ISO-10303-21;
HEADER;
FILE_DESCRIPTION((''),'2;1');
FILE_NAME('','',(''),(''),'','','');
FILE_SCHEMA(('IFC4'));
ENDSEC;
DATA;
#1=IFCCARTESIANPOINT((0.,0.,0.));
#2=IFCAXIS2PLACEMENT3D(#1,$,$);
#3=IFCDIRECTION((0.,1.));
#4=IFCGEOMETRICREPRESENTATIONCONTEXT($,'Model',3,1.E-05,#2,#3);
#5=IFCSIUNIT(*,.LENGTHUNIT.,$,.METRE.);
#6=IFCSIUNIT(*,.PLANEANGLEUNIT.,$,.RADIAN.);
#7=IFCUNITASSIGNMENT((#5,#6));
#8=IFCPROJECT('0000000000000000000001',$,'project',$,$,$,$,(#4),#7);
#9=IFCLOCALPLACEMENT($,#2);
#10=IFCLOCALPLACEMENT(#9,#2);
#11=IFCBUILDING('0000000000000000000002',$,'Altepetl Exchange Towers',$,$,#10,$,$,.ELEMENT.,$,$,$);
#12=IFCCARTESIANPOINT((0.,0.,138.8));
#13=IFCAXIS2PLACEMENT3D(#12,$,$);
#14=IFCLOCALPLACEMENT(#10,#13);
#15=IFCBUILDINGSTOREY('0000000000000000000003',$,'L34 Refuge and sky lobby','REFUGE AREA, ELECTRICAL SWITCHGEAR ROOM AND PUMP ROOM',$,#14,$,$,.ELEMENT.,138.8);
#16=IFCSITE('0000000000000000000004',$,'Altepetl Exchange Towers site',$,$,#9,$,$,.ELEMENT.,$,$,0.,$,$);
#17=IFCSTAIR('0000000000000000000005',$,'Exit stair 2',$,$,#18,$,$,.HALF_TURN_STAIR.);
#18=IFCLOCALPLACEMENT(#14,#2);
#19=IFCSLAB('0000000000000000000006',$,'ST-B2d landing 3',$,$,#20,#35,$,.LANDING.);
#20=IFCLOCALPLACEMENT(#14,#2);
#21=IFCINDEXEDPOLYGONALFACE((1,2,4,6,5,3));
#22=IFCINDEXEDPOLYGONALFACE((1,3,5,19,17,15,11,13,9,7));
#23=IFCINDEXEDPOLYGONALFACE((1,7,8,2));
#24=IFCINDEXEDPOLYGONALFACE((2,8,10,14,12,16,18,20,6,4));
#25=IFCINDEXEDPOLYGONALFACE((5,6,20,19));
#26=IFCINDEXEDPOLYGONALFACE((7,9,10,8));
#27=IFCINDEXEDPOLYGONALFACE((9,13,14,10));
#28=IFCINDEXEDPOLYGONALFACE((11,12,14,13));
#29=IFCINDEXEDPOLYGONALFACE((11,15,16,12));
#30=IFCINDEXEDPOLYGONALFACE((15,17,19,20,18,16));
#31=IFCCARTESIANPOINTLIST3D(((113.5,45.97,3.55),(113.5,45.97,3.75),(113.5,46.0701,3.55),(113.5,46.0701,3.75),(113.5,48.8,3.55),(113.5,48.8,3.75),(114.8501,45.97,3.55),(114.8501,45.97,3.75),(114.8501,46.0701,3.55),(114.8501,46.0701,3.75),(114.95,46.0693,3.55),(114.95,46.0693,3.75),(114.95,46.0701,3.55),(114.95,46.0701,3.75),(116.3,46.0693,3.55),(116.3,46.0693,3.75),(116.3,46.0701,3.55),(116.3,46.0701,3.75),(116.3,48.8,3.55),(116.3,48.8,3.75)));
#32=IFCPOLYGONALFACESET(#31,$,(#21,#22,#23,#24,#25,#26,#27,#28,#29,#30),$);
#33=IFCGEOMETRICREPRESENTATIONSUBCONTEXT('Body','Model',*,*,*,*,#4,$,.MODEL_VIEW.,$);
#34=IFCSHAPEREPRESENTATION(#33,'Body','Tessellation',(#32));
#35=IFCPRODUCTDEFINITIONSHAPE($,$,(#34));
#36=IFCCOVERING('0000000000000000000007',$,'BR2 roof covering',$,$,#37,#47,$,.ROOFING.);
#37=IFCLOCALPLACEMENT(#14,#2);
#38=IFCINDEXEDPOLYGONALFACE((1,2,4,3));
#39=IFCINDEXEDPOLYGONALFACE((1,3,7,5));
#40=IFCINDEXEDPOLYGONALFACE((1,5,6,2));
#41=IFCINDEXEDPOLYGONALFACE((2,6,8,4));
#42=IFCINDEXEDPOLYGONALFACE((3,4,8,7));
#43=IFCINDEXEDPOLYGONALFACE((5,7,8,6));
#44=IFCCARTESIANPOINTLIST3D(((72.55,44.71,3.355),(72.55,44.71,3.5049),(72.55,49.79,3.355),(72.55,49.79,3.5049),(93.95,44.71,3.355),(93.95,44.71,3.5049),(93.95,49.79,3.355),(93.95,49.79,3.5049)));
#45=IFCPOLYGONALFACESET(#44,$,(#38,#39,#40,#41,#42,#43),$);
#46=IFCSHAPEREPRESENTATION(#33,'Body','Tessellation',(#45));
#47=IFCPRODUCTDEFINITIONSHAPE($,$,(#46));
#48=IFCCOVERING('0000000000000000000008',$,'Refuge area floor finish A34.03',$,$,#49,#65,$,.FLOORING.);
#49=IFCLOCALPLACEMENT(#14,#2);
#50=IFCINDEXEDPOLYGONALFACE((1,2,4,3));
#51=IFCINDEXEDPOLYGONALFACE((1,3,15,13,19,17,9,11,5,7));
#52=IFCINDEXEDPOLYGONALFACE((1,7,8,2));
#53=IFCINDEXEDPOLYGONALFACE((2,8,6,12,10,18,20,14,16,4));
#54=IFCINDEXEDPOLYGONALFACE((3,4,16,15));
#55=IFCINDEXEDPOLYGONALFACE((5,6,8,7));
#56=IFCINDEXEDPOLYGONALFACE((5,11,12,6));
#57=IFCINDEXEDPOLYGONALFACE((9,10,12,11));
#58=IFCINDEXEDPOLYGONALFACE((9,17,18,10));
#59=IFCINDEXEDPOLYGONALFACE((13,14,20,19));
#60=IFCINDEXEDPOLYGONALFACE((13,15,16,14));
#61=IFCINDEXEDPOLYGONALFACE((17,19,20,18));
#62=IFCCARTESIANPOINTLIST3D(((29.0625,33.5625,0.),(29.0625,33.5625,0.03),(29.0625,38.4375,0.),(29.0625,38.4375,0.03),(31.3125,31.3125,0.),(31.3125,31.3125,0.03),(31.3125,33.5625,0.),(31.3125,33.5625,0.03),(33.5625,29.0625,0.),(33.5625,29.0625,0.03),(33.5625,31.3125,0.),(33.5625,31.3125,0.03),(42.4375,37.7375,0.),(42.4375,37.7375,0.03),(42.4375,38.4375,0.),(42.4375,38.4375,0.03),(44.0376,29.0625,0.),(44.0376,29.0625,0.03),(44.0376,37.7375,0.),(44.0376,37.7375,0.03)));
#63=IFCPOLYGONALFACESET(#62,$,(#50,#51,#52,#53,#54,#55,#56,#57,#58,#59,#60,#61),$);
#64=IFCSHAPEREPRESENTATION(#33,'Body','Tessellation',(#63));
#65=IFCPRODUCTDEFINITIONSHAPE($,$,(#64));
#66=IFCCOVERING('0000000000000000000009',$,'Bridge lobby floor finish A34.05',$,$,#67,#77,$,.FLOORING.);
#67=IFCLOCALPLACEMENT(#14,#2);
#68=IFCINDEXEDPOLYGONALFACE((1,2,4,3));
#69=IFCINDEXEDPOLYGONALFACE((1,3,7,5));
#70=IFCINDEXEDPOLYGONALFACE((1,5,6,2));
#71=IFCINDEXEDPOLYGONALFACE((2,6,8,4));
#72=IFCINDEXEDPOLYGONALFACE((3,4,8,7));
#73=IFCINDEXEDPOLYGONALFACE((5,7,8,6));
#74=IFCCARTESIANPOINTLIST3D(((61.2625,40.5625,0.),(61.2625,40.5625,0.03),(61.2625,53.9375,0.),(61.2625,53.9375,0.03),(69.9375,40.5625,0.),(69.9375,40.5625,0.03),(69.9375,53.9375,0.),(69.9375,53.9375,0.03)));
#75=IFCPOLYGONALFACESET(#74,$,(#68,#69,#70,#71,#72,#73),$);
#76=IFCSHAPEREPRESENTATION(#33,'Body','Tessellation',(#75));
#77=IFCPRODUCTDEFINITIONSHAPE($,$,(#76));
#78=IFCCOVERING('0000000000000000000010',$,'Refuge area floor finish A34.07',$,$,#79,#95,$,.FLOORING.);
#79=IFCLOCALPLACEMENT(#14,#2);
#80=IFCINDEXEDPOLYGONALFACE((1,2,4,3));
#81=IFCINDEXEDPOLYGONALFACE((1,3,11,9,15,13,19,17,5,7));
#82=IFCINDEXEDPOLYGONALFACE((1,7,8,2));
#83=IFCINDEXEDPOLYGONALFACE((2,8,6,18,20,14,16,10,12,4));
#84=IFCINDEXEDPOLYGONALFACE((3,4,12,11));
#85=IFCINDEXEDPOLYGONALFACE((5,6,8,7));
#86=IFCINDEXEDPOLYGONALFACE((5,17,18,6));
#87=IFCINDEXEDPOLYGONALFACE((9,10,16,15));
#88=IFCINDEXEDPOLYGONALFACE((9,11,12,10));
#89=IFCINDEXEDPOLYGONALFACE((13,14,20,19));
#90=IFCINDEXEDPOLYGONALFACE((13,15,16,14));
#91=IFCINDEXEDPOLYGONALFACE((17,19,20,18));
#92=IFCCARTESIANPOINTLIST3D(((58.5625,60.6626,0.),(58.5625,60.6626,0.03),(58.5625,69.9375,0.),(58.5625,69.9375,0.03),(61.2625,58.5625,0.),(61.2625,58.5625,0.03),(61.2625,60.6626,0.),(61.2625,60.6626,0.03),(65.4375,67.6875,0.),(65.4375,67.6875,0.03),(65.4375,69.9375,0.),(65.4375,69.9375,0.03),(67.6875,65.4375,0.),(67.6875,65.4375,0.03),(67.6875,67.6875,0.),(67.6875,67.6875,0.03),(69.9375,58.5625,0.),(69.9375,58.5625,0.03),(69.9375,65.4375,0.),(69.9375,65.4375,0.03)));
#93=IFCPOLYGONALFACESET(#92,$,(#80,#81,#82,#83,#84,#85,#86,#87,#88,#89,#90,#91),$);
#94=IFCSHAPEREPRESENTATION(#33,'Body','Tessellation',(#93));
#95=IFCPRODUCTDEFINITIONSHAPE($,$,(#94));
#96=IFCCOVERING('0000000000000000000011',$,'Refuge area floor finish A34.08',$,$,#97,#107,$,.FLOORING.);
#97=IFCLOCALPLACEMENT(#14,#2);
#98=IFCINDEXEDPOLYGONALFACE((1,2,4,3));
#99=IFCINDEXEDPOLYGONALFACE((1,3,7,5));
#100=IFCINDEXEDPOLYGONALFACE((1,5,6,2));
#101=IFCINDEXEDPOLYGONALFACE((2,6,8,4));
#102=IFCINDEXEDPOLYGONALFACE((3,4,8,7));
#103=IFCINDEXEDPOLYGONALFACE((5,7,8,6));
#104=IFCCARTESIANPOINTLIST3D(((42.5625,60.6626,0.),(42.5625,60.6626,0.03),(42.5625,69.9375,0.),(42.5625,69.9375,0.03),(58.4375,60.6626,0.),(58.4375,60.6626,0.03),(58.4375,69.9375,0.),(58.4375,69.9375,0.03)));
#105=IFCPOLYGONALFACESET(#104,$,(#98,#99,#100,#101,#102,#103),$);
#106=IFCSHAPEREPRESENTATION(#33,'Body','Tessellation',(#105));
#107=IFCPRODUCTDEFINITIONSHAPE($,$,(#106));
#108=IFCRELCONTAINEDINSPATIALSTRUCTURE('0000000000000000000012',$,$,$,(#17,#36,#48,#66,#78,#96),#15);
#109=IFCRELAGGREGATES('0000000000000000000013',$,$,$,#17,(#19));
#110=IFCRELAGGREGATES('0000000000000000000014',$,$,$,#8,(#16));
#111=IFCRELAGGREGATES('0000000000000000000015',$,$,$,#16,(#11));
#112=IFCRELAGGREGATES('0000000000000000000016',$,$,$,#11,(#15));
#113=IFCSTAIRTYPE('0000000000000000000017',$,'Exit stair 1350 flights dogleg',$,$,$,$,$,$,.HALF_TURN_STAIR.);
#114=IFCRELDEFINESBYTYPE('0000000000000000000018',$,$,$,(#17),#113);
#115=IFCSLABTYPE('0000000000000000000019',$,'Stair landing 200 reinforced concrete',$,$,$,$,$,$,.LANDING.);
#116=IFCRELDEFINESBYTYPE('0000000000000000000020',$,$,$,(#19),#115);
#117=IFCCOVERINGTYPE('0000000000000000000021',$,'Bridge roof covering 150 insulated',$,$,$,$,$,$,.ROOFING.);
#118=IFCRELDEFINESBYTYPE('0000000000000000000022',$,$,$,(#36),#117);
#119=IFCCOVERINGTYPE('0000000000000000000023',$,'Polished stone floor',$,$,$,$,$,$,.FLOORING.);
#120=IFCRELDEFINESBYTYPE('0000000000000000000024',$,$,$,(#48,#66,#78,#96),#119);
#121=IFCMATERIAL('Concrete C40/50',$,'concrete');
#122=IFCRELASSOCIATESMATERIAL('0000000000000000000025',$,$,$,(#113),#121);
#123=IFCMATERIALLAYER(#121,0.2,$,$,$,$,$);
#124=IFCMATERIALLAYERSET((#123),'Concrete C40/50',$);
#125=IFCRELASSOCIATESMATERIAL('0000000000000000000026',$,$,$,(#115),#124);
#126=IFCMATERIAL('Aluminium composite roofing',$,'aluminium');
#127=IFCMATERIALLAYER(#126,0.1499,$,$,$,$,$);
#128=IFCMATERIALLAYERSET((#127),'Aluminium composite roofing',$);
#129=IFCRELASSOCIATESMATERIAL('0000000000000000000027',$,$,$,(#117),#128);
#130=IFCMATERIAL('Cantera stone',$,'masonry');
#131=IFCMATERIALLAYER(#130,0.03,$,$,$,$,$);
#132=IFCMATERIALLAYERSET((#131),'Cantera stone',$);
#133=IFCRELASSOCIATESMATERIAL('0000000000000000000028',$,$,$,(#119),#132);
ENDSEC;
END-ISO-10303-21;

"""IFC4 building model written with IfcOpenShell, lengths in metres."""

from ifc_helpers import new_model, si_unit, direction, frame, origin, place, context, subcontext, project, spatial, polyline, outline, extrude, material, layer, layer_set, type_object, element, aggregate, save


model = new_model("IFC4")

# Units and contexts
model_context = context("Model", 3, precision=1e-05, world=origin(), true_north=direction((0.0, 1.0)))
body_context = subcontext(model_context, "Body", "Model", "MODEL_VIEW")
ifc_project = project(units=[si_unit("LENGTHUNIT", "METRE"), si_unit("PLANEANGLEUNIT", "RADIAN")], contexts=[model_context])

# Site, building, storey
site_placement = place(None, origin())
site = spatial("IfcSite", under=ifc_project, at=site_placement, Name="Altepetl Exchange Towers site", CompositionType="ELEMENT", RefElevation=0.0)
building_placement = place(site_placement, origin())
building = spatial("IfcBuilding", under=site, at=building_placement, Name="Altepetl Exchange Towers", CompositionType="ELEMENT")
storey_placement = place(building_placement, frame((0.0, 0.0, 138.8)))
storey = spatial("IfcBuildingStorey", under=building, at=storey_placement, Name="L34 Refuge and sky lobby", Description="REFUGE AREA, ELECTRICAL SWITCHGEAR ROOM AND PUMP ROOM", CompositionType="ELEMENT", Elevation=138.8)

# Shared definitions
ifc_material_1 = material(Name="Concrete C40/50", Category="concrete")

# Stair, slab
stair_type = type_object("IfcStairType", Name="Exit stair 1350 flights dogleg", PredefinedType="HALF_TURN_STAIR", material=ifc_material_1)
ifc_layer_1 = layer(ifc_material_1, 0.2)
ifc_layer_set_1 = layer_set([ifc_layer_1], Name="Concrete C40/50")
slab_type_1 = type_object("IfcSlabType", Name="Stair landing 200 reinforced concrete", PredefinedType="LANDING", material=ifc_layer_set_1)
stair_1_placement = place(storey_placement, origin())
stair_1 = element("IfcStair", 1, at=stair_1_placement, inside=storey, type_object=stair_type, Name="Exit stair 2", PredefinedType="HALF_TURN_STAIR")
slab_1_placement = place(storey_placement, frame((0.0, 0.0, 3.55)))
slab_1 = element("IfcSlab", 2, at=slab_1_placement, type_object=slab_type_1, Name="ST-B2d landing 3", PredefinedType="LANDING", context=body_context, shape_type="SweptSolid", body=[
    extrude(outline(polyline([(114.8501, 45.97), (113.5, 45.97), (113.5, 46.0701), (113.5, 48.8), (116.3, 48.8), (116.3, 46.0701), (116.3, 46.0693), (114.95, 46.0693), (114.95, 46.0701), (114.8501, 46.0701), (114.8501, 45.97)])), origin(), (0.0, 0.0, 1.0), 0.2),
])
aggregate(stair_1, [slab_1])

# Coverings
ifc_material_2 = material(Name="Aluminium composite roofing", Category="aluminium")
ifc_layer_2 = layer(ifc_material_2, 0.1499)
ifc_layer_set_2 = layer_set([ifc_layer_2], Name="Aluminium composite roofing")
covering_type_1 = type_object("IfcCoveringType", Name="Bridge roof covering 150 insulated", PredefinedType="ROOFING", material=ifc_layer_set_2)
covering_1_placement = place(storey_placement, frame((0.0, 0.0, 3.355)))
element("IfcCovering", 3, at=covering_1_placement, inside=storey, type_object=covering_type_1, Name="BR2 roof covering", PredefinedType="ROOFING", context=body_context, shape_type="SweptSolid", body=[
    extrude(outline(polyline([(72.55, 44.71), (93.95, 44.71), (93.95, 49.79), (72.55, 49.79), (72.55, 44.71)])), origin(), (0.0, 0.0, 1.0), 0.1499),
])
ifc_material_3 = material(Name="Cantera stone", Category="masonry")
ifc_layer_3 = layer(ifc_material_3, 0.03)
ifc_layer_set_3 = layer_set([ifc_layer_3], Name="Cantera stone")
covering_type_2 = type_object("IfcCoveringType", Name="Polished stone floor", PredefinedType="FLOORING", material=ifc_layer_set_3)
covering_2_placement = place(storey_placement, origin())
element("IfcCovering", 4, at=covering_2_placement, inside=storey, type_object=covering_type_2, Name="Refuge area floor finish A34.03", PredefinedType="FLOORING", context=body_context, shape_type="SweptSolid", body=[
    extrude(outline(polyline([(44.0376, 37.7375), (42.4375, 37.7375), (42.4375, 38.4375), (29.0625, 38.4375), (29.0625, 33.5625), (31.3125, 33.5625), (31.3125, 31.3125), (33.5625, 31.3125), (33.5625, 29.0625), (44.0376, 29.0625), (44.0376, 37.7375)])), origin(), (0.0, 0.0, 1.0), 0.03),
])
covering_3_placement = place(storey_placement, origin())
element("IfcCovering", 5, at=covering_3_placement, inside=storey, type_object=covering_type_2, Name="Bridge lobby floor finish A34.05", PredefinedType="FLOORING", context=body_context, shape_type="SweptSolid", body=[
    extrude(outline(polyline([(69.9375, 40.5625), (69.9375, 53.9375), (61.2625, 53.9375), (61.2625, 40.5625), (69.9375, 40.5625)])), origin(), (0.0, 0.0, 1.0), 0.03),
])
covering_4_placement = place(storey_placement, origin())
element("IfcCovering", 6, at=covering_4_placement, inside=storey, type_object=covering_type_2, Name="Refuge area floor finish A34.07", PredefinedType="FLOORING", context=body_context, shape_type="SweptSolid", body=[
    extrude(outline(polyline([(61.2625, 58.5625), (69.9375, 58.5625), (69.9375, 65.4375), (67.6875, 65.4375), (67.6875, 67.6875), (65.4375, 67.6875), (65.4375, 69.9375), (58.5625, 69.9375), (58.5625, 60.6626), (61.2625, 60.6626), (61.2625, 58.5625)])), origin(), (0.0, 0.0, 1.0), 0.03),
])
covering_5_placement = place(storey_placement, origin())
element("IfcCovering", 7, at=covering_5_placement, inside=storey, type_object=covering_type_2, Name="Refuge area floor finish A34.08", PredefinedType="FLOORING", context=body_context, shape_type="SweptSolid", body=[
    extrude(outline(polyline([(58.4375, 60.6626), (58.4375, 69.9375), (42.5625, 69.9375), (42.5625, 60.6626), (58.4375, 60.6626)])), origin(), (0.0, 0.0, 1.0), 0.03),
])

save(model, "model.ifc")
